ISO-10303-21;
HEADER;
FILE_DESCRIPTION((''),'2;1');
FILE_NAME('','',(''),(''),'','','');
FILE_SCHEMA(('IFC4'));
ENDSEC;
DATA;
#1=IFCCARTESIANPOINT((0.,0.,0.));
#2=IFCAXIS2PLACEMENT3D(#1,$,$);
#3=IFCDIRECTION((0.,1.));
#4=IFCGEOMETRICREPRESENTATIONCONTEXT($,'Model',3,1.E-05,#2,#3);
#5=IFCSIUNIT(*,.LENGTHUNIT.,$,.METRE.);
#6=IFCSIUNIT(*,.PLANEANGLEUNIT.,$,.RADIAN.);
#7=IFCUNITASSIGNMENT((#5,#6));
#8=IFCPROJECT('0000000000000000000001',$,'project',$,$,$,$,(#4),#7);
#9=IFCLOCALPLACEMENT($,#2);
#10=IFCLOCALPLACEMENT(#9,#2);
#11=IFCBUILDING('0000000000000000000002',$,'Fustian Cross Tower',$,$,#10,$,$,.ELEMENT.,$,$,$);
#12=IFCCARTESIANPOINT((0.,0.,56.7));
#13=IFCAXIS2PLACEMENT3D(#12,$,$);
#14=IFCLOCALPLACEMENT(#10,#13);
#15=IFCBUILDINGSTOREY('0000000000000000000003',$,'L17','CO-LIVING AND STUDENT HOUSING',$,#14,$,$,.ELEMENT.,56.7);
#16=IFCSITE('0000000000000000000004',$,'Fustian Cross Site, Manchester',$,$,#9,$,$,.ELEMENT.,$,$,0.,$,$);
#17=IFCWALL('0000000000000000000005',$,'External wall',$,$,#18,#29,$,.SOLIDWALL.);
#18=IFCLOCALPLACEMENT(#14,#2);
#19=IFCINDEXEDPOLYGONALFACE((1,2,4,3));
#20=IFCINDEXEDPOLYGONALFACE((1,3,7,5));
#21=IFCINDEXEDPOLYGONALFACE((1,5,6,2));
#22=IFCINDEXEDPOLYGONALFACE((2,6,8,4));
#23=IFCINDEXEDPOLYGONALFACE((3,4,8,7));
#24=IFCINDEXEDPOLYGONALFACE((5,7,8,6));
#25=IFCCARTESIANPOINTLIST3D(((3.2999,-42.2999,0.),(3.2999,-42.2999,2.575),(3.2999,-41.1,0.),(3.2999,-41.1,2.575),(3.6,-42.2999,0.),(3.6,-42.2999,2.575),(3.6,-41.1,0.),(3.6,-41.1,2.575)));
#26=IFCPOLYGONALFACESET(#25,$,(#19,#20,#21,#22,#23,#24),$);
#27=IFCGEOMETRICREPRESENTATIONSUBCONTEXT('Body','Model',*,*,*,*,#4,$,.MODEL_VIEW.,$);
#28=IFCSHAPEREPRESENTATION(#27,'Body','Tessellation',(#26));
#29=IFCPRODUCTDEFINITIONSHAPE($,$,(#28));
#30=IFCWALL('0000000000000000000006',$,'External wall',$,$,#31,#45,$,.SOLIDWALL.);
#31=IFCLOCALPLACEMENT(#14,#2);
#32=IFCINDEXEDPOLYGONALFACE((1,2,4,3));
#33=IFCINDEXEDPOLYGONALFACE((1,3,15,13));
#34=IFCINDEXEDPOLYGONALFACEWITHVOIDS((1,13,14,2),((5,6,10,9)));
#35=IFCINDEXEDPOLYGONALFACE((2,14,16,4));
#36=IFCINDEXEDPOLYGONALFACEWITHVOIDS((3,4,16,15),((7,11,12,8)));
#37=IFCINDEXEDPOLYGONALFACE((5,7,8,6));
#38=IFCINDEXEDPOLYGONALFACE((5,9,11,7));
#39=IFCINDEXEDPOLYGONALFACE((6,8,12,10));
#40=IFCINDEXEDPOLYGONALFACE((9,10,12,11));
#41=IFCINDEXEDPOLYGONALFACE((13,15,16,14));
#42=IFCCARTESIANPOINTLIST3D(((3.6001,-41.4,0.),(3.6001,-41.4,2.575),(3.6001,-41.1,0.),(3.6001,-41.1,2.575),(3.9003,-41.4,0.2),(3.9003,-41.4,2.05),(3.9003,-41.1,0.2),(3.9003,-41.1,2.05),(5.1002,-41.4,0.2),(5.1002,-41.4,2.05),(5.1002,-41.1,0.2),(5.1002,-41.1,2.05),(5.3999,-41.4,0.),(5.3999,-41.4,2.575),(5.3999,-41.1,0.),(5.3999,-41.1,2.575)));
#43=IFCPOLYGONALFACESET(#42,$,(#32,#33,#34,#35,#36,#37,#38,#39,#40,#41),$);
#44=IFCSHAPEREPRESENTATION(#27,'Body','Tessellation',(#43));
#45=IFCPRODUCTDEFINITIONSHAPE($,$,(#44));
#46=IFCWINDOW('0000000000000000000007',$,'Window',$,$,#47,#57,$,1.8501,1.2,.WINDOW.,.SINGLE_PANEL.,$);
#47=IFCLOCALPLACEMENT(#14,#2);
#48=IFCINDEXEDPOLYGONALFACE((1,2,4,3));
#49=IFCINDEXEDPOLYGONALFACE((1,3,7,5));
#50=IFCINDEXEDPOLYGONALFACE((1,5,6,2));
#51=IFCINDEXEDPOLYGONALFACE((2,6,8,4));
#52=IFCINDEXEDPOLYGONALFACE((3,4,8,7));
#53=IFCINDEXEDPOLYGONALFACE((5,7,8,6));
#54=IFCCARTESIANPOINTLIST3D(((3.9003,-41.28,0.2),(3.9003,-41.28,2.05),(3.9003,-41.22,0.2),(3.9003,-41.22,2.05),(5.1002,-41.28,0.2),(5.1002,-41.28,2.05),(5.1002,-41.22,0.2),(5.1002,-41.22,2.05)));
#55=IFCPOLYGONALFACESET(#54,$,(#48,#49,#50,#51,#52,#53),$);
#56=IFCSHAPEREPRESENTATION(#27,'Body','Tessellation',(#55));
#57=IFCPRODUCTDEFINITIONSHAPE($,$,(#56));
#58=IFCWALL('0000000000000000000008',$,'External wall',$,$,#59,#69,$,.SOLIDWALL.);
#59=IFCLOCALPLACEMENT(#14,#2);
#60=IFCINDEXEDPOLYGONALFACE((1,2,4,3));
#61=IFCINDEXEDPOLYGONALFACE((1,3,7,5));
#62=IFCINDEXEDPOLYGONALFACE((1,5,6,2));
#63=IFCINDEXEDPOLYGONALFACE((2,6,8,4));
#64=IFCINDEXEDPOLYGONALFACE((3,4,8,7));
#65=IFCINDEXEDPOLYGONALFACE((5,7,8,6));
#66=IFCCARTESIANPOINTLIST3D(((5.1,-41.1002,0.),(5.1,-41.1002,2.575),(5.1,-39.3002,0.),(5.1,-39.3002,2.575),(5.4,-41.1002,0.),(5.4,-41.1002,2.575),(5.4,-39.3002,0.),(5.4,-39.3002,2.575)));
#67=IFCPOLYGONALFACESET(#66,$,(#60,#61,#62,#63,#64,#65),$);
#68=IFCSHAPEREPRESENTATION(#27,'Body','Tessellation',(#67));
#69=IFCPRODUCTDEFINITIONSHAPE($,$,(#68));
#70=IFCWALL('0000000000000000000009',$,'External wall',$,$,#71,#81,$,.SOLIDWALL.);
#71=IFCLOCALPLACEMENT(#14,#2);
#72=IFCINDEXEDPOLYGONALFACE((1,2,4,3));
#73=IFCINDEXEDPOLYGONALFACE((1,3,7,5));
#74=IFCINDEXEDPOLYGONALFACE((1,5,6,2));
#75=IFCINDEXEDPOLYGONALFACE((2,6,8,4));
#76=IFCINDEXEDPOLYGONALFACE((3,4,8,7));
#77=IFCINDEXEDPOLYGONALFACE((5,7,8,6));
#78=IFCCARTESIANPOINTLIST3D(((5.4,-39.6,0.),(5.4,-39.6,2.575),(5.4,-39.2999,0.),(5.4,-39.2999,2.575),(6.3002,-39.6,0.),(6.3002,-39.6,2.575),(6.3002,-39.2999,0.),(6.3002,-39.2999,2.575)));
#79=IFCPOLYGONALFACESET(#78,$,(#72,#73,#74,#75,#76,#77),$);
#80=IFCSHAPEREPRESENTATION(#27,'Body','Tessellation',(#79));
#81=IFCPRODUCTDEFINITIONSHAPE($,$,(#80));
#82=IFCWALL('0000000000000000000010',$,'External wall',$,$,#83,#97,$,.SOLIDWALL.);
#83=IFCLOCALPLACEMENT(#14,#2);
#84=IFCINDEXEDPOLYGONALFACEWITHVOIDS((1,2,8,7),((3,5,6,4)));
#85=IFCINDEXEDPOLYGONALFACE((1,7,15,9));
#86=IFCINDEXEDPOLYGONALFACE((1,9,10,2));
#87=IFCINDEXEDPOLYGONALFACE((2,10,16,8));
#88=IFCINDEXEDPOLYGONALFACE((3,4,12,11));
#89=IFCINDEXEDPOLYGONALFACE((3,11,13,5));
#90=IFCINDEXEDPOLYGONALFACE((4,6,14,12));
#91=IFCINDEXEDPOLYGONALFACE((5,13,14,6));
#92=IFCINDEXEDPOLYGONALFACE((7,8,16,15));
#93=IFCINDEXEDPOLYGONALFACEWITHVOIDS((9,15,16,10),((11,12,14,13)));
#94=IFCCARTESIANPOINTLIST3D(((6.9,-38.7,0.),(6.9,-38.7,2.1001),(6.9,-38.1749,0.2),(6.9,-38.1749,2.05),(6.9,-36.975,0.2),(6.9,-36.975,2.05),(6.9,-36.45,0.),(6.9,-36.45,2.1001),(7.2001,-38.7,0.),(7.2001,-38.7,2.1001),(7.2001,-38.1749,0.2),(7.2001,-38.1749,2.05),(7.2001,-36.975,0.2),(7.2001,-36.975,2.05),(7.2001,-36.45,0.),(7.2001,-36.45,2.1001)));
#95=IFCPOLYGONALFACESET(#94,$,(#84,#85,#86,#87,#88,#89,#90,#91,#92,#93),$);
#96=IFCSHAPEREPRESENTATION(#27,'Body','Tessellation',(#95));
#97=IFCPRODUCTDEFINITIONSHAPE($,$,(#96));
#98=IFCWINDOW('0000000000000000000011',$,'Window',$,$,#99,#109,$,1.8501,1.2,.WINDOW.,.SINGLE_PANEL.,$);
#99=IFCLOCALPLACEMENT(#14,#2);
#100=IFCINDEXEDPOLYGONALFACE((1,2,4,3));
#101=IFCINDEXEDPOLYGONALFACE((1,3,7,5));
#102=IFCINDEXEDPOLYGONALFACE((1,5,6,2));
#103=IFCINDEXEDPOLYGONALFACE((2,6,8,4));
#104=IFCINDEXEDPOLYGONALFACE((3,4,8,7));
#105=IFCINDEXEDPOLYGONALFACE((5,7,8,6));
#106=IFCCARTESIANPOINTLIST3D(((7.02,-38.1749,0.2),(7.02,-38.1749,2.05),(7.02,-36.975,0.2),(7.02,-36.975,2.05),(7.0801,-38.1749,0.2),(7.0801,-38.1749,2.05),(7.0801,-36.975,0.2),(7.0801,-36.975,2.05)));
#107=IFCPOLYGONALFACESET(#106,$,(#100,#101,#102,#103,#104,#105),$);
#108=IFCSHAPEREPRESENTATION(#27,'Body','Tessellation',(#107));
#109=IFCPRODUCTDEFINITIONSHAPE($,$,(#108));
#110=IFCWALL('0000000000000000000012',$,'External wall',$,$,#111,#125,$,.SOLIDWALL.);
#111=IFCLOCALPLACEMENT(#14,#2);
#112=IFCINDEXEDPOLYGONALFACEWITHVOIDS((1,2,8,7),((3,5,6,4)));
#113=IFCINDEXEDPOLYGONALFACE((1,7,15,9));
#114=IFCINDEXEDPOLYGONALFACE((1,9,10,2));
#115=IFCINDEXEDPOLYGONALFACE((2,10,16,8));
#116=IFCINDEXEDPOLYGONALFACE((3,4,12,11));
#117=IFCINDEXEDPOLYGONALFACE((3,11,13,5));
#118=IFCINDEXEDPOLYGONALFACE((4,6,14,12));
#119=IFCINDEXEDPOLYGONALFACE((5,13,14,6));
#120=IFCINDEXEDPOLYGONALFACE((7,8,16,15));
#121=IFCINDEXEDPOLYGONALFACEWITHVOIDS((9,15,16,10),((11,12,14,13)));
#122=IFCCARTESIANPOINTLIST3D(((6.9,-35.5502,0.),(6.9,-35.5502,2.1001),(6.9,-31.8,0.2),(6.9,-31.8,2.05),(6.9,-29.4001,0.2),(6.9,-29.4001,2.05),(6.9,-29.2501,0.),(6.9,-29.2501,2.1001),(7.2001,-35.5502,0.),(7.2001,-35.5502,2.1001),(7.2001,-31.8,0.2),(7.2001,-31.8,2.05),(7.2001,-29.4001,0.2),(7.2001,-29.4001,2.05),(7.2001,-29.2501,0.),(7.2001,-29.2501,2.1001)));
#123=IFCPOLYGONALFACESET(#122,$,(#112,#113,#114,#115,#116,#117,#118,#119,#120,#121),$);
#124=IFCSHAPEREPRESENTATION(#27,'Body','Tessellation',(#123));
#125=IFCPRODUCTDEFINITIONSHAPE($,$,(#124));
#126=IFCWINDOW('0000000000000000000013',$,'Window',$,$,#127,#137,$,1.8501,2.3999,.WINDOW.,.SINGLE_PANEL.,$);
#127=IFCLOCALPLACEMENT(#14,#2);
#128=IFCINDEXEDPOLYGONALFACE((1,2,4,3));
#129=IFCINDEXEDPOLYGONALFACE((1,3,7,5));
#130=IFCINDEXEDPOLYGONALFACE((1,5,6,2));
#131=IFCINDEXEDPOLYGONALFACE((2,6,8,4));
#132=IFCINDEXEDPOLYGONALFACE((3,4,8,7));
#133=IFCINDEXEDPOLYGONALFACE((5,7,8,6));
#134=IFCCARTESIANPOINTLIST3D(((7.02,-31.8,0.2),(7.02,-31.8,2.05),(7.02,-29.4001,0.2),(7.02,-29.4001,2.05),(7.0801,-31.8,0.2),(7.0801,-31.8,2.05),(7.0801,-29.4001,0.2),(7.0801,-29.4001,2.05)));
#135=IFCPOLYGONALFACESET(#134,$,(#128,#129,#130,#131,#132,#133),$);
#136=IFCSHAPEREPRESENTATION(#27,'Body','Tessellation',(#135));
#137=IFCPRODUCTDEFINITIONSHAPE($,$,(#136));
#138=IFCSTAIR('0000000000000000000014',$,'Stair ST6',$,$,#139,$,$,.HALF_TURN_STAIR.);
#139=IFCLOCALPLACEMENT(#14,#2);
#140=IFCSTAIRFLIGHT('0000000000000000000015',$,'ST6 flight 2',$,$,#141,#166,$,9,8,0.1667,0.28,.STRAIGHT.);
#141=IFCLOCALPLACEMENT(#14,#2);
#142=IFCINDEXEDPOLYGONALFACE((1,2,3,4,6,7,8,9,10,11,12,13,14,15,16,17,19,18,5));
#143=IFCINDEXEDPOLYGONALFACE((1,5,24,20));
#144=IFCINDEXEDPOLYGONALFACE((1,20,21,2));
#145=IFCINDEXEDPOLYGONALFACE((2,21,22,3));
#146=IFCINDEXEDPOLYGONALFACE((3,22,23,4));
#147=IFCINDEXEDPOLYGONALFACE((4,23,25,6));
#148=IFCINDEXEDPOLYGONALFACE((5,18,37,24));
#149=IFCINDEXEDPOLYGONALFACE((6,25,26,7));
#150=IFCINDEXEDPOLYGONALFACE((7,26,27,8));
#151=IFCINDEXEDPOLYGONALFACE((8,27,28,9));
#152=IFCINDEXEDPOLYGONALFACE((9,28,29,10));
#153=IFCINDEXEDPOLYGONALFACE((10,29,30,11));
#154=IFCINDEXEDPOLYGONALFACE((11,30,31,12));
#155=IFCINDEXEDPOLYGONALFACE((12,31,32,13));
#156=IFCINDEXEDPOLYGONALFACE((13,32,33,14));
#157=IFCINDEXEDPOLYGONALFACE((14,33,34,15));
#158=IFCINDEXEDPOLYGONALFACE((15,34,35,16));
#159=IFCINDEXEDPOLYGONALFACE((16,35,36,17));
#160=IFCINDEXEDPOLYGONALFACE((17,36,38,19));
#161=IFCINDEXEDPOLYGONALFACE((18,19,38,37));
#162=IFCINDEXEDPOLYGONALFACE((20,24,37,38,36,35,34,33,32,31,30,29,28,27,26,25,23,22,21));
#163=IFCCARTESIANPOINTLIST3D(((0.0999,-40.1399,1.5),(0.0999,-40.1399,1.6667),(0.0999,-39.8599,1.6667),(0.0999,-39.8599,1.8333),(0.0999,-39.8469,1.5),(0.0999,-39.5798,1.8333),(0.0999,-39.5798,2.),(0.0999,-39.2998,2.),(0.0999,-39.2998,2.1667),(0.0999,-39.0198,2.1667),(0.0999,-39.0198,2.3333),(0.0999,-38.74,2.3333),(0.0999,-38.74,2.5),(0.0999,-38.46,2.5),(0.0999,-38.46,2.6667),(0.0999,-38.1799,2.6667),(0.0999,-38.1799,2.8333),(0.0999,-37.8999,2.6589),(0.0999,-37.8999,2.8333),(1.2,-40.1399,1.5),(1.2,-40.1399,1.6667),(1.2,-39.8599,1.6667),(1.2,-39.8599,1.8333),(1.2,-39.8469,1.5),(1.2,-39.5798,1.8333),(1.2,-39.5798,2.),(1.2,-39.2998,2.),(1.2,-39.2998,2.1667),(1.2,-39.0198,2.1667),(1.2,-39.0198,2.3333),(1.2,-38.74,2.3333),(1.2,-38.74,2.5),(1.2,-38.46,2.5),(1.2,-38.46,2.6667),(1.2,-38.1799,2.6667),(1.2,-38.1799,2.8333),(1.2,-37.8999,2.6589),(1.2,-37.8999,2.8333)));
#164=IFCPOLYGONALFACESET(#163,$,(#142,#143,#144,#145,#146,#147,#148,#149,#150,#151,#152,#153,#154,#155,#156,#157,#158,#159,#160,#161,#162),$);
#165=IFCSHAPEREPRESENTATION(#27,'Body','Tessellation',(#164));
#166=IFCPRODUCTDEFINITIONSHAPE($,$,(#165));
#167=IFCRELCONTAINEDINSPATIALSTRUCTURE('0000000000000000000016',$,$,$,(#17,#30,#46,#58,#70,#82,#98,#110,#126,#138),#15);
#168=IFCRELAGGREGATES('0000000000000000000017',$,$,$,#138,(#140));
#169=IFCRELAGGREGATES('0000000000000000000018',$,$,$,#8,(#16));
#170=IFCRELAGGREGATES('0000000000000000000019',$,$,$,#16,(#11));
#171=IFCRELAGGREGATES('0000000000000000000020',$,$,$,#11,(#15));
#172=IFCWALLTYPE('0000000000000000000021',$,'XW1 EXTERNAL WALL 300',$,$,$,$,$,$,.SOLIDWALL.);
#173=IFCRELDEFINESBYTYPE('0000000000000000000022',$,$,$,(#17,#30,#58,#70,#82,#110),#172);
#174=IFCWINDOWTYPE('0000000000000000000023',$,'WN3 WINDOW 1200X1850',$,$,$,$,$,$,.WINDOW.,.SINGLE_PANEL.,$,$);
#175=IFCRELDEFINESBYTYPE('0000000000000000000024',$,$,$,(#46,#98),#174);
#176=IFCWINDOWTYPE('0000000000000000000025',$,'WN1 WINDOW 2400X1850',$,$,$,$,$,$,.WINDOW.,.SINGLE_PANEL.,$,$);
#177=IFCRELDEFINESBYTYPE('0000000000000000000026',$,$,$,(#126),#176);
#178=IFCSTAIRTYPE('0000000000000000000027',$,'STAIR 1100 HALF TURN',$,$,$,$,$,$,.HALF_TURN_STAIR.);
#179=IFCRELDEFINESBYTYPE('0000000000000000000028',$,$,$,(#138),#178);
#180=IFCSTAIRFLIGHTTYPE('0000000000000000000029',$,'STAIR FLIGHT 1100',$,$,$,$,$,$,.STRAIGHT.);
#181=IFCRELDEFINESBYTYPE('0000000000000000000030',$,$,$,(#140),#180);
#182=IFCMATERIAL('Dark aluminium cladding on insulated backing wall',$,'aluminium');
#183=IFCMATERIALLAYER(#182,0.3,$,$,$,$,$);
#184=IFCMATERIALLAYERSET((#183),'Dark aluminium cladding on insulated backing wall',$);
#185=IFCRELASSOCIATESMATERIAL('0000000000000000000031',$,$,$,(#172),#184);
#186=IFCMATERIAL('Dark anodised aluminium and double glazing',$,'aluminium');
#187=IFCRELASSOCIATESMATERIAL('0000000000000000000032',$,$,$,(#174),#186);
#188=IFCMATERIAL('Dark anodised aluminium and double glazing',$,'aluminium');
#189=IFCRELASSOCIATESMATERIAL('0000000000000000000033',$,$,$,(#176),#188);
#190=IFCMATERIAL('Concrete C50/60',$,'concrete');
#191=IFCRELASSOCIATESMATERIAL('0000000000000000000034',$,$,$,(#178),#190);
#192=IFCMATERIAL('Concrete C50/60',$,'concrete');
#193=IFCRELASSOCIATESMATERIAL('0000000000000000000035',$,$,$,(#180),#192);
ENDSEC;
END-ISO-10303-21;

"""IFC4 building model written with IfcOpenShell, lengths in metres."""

from ifc_helpers import new_model, si_unit, direction, frame, frame_2d, origin, place, context, subcontext, project, spatial, polyline, rectangle, outline, extrude, material, layer, layer_set, type_object, element, fill, aggregate, save


model = new_model("IFC4")

# Units and contexts
model_context = context("Model", 3, precision=1e-05, world=origin(), true_north=direction((0.0, 1.0)))
body_context = subcontext(model_context, "Body", "Model", "MODEL_VIEW")
ifc_project = project(units=[si_unit("LENGTHUNIT", "METRE"), si_unit("PLANEANGLEUNIT", "RADIAN")], contexts=[model_context])

# Site, building, storey
site_placement = place(None, origin())
site = spatial("IfcSite", under=ifc_project, at=site_placement, Name="Fustian Cross Site, Manchester", CompositionType="ELEMENT", RefElevation=0.0)
building_placement = place(site_placement, origin())
building = spatial("IfcBuilding", under=site, at=building_placement, Name="Fustian Cross Tower", CompositionType="ELEMENT")
storey_placement = place(building_placement, frame((0.0, 0.0, 56.7)))
storey = spatial("IfcBuildingStorey", under=building, at=storey_placement, Name="L17", Description="CO-LIVING AND STUDENT HOUSING", CompositionType="ELEMENT", Elevation=56.7)

# Wall
ifc_material_1 = material(Name="Dark aluminium cladding on insulated backing wall", Category="aluminium")
ifc_layer_1 = layer(ifc_material_1, 0.3)
ifc_layer_set_1 = layer_set([ifc_layer_1], Name="Dark aluminium cladding on insulated backing wall")
wall_type_1 = type_object("IfcWallType", Name="XW1 EXTERNAL WALL 300", PredefinedType="SOLIDWALL", material=ifc_layer_set_1)
wall_1_placement = place(storey_placement, frame((3.45, -42.3, 0.0), z_axis=(0.0, 0.0, 1.0), x_axis=(0.0, 1.0, 0.0)))
element("IfcWall", 1, at=wall_1_placement, inside=storey, type_object=wall_type_1, Name="External wall", PredefinedType="SOLIDWALL", context=body_context, shape_type="SweptSolid", body=[
    extrude(rectangle(XDim=1.2, YDim=0.3, at=frame_2d((0.6001, 0.0))), origin(), (0.0, 0.0, 1.0), 2.575),
])

# Wall, opening, window
wall_2_placement = place(storey_placement, frame((3.6001, -41.25, 0.0), z_axis=(0.0, 0.0, 1.0), x_axis=(1.0, 0.0, 0.0)))
wall_2 = element("IfcWall", 2, at=wall_2_placement, inside=storey, type_object=wall_type_1, Name="External wall", PredefinedType="SOLIDWALL", context=body_context, shape_type="SweptSolid", body=[
    extrude(rectangle(XDim=1.7998, YDim=0.3, at=frame_2d((0.8999, 0.0))), origin(), (0.0, 0.0, 1.0), 2.575),
])
opening_1_placement = place(wall_2_placement, frame((0.3, 0.0, 0.2)))
opening_1 = element("IfcOpeningElement", 3, at=opening_1_placement, cuts=wall_2, PredefinedType="OPENING", context=body_context, shape_type="SweptSolid", body=[
    extrude(rectangle(XDim=1.2, YDim=1.8501, at=frame_2d((0.6001, 0.925))), frame((0.0, 0.1599, 0.0), z_axis=(0.0, -1.0, 0.0), x_axis=(1.0, 0.0, 0.0)), (0.0, 0.0, 1.0), 0.3201),
])
ifc_material_2 = material(Name="Dark anodised aluminium and double glazing", Category="aluminium")
window_type_1 = type_object("IfcWindowType", Name="WN3 WINDOW 1200X1850", PartitioningType="SINGLE_PANEL", PredefinedType="WINDOW", material=ifc_material_2)
window_1_placement = place(opening_1_placement, origin())
window_1 = element("IfcWindow", 4, at=window_1_placement, inside=storey, type_object=window_type_1, Name="Window", OverallHeight=1.8501, OverallWidth=1.2, PartitioningType="SINGLE_PANEL", PredefinedType="WINDOW", context=body_context, shape_type="SweptSolid", body=[
    extrude(rectangle(XDim=1.2, YDim=1.8501, at=frame_2d((0.6001, 0.925))), frame((0.0, 0.03, 0.0), z_axis=(0.0, -1.0, 0.0), x_axis=(1.0, 0.0, 0.0)), (0.0, 0.0, 1.0), 0.0601),
])
fill(opening_1, window_1)

# Walls
wall_3_placement = place(storey_placement, frame((5.25, -41.1001, 0.0), z_axis=(0.0, 0.0, 1.0), x_axis=(0.0, 1.0, 0.0)))
element("IfcWall", 5, at=wall_3_placement, inside=storey, type_object=wall_type_1, Name="External wall", PredefinedType="SOLIDWALL", context=body_context, shape_type="SweptSolid", body=[
    extrude(rectangle(XDim=1.8, YDim=0.3, at=frame_2d((0.8999, 0.0))), origin(), (0.0, 0.0, 1.0), 2.575),
])
wall_4_placement = place(storey_placement, frame((5.3999, -39.45, 0.0), z_axis=(0.0, 0.0, 1.0), x_axis=(1.0, 0.0, 0.0)))
element("IfcWall", 6, at=wall_4_placement, inside=storey, type_object=wall_type_1, Name="External wall", PredefinedType="SOLIDWALL", context=body_context, shape_type="SweptSolid", body=[
    extrude(rectangle(XDim=0.9001, YDim=0.3, at=frame_2d((0.4502, 0.0))), origin(), (0.0, 0.0, 1.0), 2.575),
])

# Walls, openings, windows
wall_5_placement = place(storey_placement, frame((7.05, -38.7, 0.0), z_axis=(0.0, 0.0, 1.0), x_axis=(0.0, 1.0, 0.0)))
wall_5 = element("IfcWall", 7, at=wall_5_placement, inside=storey, type_object=wall_type_1, Name="External wall", PredefinedType="SOLIDWALL", context=body_context, shape_type="SweptSolid", body=[
    extrude(rectangle(XDim=2.25, YDim=0.3, at=frame_2d((1.125, 0.0))), origin(), (0.0, 0.0, 1.0), 2.1001),
])
opening_2_placement = place(wall_5_placement, frame((0.5249, 0.0, 0.2)))
opening_2 = element("IfcOpeningElement", 8, at=opening_2_placement, cuts=wall_5, PredefinedType="OPENING", context=body_context, shape_type="SweptSolid", body=[
    extrude(rectangle(XDim=1.2, YDim=1.8501, at=frame_2d((0.6001, 0.925))), frame((0.0, 0.1599, 0.0), z_axis=(0.0, -1.0, 0.0), x_axis=(1.0, 0.0, 0.0)), (0.0, 0.0, 1.0), 0.3201),
])
window_2_placement = place(opening_2_placement, origin())
window_2 = element("IfcWindow", 9, at=window_2_placement, inside=storey, type_object=window_type_1, Name="Window", OverallHeight=1.8501, OverallWidth=1.2, PartitioningType="SINGLE_PANEL", PredefinedType="WINDOW", context=body_context, shape_type="SweptSolid", body=[
    extrude(rectangle(XDim=1.2, YDim=1.8501, at=frame_2d((0.6001, 0.925))), frame((0.0, 0.03, 0.0), z_axis=(0.0, -1.0, 0.0), x_axis=(1.0, 0.0, 0.0)), (0.0, 0.0, 1.0), 0.0601),
])
fill(opening_2, window_2)
wall_6_placement = place(storey_placement, frame((7.05, -35.55, 0.0), z_axis=(0.0, 0.0, 1.0), x_axis=(0.0, 1.0, 0.0)))
wall_6 = element("IfcWall", 10, at=wall_6_placement, inside=storey, type_object=wall_type_1, Name="External wall", PredefinedType="SOLIDWALL", context=body_context, shape_type="SweptSolid", body=[
    extrude(rectangle(XDim=6.3, YDim=0.3, at=frame_2d((3.1499, 0.0))), origin(), (0.0, 0.0, 1.0), 2.1001),
])
opening_3_placement = place(wall_6_placement, frame((3.75, 0.0, 0.2)))
opening_3 = element("IfcOpeningElement", 11, at=opening_3_placement, cuts=wall_6, PredefinedType="OPENING", context=body_context, shape_type="SweptSolid", body=[
    extrude(rectangle(XDim=2.3999, YDim=1.8501, at=frame_2d((1.2, 0.925))), frame((0.0, 0.1599, 0.0), z_axis=(0.0, -1.0, 0.0), x_axis=(1.0, 0.0, 0.0)), (0.0, 0.0, 1.0), 0.3201),
])
ifc_material_3 = material(Name="Dark anodised aluminium and double glazing", Category="aluminium")
window_type_2 = type_object("IfcWindowType", Name="WN1 WINDOW 2400X1850", PartitioningType="SINGLE_PANEL", PredefinedType="WINDOW", material=ifc_material_3)
window_3_placement = place(opening_3_placement, origin())
window_3 = element("IfcWindow", 12, at=window_3_placement, inside=storey, type_object=window_type_2, Name="Window", OverallHeight=1.8501, OverallWidth=2.3999, PartitioningType="SINGLE_PANEL", PredefinedType="WINDOW", context=body_context, shape_type="SweptSolid", body=[
    extrude(rectangle(XDim=2.3999, YDim=1.8501, at=frame_2d((1.2, 0.925))), frame((0.0, 0.03, 0.0), z_axis=(0.0, -1.0, 0.0), x_axis=(1.0, 0.0, 0.0)), (0.0, 0.0, 1.0), 0.0601),
])
fill(opening_3, window_3)

# Stair, stair flight
ifc_material_4 = material(Name="Concrete C50/60", Category="concrete")
stair_type = type_object("IfcStairType", Name="STAIR 1100 HALF TURN", PredefinedType="HALF_TURN_STAIR", material=ifc_material_4)
stair_placement = place(storey_placement, origin())
stair = element("IfcStair", 13, at=stair_placement, inside=storey, type_object=stair_type, Name="Stair ST6", PredefinedType="HALF_TURN_STAIR")
ifc_material_5 = material(Name="Concrete C50/60", Category="concrete")
stair_flight_type = type_object("IfcStairFlightType", Name="STAIR FLIGHT 1100", PredefinedType="STRAIGHT", material=ifc_material_5)
stair_flight_placement = place(storey_placement, frame((0.6499, -40.1399, 1.5), z_axis=(0.0, 0.0, 1.0), x_axis=(0.0, 1.0, 0.0)))
stair_flight = element("IfcStairFlight", 14, at=stair_flight_placement, type_object=stair_flight_type, Name="ST6 flight 2", NumberOfRisers=9, NumberOfTreads=8, PredefinedType="STRAIGHT", RiserHeight=0.1667, TreadLength=0.28, context=body_context, shape_type="SweptSolid", body=[
    extrude(outline(polyline([(0.0, 0.0), (0.0, 0.1667), (0.28, 0.1667), (0.28, 0.3333), (0.5601, 0.3333), (0.5601, 0.5), (0.8401, 0.5), (0.8401, 0.6667), (1.1201, 0.6667), (1.1201, 0.8333), (1.3999, 0.8333), (1.3999, 1.0), (1.6799, 1.0), (1.6799, 1.1667), (1.96, 1.1667), (1.96, 1.3333), (2.24, 1.3333), (2.24, 1.5), (2.24, 1.1589), (0.293, 0.0), (0.0, 0.0)])), frame((0.0, 0.55, 0.0), z_axis=(0.0, -1.0, 0.0), x_axis=(1.0, 0.0, 0.0)), (0.0, 0.0, 1.0), 1.1001),
])
aggregate(stair, [stair_flight])

save(model, "model.ifc")
